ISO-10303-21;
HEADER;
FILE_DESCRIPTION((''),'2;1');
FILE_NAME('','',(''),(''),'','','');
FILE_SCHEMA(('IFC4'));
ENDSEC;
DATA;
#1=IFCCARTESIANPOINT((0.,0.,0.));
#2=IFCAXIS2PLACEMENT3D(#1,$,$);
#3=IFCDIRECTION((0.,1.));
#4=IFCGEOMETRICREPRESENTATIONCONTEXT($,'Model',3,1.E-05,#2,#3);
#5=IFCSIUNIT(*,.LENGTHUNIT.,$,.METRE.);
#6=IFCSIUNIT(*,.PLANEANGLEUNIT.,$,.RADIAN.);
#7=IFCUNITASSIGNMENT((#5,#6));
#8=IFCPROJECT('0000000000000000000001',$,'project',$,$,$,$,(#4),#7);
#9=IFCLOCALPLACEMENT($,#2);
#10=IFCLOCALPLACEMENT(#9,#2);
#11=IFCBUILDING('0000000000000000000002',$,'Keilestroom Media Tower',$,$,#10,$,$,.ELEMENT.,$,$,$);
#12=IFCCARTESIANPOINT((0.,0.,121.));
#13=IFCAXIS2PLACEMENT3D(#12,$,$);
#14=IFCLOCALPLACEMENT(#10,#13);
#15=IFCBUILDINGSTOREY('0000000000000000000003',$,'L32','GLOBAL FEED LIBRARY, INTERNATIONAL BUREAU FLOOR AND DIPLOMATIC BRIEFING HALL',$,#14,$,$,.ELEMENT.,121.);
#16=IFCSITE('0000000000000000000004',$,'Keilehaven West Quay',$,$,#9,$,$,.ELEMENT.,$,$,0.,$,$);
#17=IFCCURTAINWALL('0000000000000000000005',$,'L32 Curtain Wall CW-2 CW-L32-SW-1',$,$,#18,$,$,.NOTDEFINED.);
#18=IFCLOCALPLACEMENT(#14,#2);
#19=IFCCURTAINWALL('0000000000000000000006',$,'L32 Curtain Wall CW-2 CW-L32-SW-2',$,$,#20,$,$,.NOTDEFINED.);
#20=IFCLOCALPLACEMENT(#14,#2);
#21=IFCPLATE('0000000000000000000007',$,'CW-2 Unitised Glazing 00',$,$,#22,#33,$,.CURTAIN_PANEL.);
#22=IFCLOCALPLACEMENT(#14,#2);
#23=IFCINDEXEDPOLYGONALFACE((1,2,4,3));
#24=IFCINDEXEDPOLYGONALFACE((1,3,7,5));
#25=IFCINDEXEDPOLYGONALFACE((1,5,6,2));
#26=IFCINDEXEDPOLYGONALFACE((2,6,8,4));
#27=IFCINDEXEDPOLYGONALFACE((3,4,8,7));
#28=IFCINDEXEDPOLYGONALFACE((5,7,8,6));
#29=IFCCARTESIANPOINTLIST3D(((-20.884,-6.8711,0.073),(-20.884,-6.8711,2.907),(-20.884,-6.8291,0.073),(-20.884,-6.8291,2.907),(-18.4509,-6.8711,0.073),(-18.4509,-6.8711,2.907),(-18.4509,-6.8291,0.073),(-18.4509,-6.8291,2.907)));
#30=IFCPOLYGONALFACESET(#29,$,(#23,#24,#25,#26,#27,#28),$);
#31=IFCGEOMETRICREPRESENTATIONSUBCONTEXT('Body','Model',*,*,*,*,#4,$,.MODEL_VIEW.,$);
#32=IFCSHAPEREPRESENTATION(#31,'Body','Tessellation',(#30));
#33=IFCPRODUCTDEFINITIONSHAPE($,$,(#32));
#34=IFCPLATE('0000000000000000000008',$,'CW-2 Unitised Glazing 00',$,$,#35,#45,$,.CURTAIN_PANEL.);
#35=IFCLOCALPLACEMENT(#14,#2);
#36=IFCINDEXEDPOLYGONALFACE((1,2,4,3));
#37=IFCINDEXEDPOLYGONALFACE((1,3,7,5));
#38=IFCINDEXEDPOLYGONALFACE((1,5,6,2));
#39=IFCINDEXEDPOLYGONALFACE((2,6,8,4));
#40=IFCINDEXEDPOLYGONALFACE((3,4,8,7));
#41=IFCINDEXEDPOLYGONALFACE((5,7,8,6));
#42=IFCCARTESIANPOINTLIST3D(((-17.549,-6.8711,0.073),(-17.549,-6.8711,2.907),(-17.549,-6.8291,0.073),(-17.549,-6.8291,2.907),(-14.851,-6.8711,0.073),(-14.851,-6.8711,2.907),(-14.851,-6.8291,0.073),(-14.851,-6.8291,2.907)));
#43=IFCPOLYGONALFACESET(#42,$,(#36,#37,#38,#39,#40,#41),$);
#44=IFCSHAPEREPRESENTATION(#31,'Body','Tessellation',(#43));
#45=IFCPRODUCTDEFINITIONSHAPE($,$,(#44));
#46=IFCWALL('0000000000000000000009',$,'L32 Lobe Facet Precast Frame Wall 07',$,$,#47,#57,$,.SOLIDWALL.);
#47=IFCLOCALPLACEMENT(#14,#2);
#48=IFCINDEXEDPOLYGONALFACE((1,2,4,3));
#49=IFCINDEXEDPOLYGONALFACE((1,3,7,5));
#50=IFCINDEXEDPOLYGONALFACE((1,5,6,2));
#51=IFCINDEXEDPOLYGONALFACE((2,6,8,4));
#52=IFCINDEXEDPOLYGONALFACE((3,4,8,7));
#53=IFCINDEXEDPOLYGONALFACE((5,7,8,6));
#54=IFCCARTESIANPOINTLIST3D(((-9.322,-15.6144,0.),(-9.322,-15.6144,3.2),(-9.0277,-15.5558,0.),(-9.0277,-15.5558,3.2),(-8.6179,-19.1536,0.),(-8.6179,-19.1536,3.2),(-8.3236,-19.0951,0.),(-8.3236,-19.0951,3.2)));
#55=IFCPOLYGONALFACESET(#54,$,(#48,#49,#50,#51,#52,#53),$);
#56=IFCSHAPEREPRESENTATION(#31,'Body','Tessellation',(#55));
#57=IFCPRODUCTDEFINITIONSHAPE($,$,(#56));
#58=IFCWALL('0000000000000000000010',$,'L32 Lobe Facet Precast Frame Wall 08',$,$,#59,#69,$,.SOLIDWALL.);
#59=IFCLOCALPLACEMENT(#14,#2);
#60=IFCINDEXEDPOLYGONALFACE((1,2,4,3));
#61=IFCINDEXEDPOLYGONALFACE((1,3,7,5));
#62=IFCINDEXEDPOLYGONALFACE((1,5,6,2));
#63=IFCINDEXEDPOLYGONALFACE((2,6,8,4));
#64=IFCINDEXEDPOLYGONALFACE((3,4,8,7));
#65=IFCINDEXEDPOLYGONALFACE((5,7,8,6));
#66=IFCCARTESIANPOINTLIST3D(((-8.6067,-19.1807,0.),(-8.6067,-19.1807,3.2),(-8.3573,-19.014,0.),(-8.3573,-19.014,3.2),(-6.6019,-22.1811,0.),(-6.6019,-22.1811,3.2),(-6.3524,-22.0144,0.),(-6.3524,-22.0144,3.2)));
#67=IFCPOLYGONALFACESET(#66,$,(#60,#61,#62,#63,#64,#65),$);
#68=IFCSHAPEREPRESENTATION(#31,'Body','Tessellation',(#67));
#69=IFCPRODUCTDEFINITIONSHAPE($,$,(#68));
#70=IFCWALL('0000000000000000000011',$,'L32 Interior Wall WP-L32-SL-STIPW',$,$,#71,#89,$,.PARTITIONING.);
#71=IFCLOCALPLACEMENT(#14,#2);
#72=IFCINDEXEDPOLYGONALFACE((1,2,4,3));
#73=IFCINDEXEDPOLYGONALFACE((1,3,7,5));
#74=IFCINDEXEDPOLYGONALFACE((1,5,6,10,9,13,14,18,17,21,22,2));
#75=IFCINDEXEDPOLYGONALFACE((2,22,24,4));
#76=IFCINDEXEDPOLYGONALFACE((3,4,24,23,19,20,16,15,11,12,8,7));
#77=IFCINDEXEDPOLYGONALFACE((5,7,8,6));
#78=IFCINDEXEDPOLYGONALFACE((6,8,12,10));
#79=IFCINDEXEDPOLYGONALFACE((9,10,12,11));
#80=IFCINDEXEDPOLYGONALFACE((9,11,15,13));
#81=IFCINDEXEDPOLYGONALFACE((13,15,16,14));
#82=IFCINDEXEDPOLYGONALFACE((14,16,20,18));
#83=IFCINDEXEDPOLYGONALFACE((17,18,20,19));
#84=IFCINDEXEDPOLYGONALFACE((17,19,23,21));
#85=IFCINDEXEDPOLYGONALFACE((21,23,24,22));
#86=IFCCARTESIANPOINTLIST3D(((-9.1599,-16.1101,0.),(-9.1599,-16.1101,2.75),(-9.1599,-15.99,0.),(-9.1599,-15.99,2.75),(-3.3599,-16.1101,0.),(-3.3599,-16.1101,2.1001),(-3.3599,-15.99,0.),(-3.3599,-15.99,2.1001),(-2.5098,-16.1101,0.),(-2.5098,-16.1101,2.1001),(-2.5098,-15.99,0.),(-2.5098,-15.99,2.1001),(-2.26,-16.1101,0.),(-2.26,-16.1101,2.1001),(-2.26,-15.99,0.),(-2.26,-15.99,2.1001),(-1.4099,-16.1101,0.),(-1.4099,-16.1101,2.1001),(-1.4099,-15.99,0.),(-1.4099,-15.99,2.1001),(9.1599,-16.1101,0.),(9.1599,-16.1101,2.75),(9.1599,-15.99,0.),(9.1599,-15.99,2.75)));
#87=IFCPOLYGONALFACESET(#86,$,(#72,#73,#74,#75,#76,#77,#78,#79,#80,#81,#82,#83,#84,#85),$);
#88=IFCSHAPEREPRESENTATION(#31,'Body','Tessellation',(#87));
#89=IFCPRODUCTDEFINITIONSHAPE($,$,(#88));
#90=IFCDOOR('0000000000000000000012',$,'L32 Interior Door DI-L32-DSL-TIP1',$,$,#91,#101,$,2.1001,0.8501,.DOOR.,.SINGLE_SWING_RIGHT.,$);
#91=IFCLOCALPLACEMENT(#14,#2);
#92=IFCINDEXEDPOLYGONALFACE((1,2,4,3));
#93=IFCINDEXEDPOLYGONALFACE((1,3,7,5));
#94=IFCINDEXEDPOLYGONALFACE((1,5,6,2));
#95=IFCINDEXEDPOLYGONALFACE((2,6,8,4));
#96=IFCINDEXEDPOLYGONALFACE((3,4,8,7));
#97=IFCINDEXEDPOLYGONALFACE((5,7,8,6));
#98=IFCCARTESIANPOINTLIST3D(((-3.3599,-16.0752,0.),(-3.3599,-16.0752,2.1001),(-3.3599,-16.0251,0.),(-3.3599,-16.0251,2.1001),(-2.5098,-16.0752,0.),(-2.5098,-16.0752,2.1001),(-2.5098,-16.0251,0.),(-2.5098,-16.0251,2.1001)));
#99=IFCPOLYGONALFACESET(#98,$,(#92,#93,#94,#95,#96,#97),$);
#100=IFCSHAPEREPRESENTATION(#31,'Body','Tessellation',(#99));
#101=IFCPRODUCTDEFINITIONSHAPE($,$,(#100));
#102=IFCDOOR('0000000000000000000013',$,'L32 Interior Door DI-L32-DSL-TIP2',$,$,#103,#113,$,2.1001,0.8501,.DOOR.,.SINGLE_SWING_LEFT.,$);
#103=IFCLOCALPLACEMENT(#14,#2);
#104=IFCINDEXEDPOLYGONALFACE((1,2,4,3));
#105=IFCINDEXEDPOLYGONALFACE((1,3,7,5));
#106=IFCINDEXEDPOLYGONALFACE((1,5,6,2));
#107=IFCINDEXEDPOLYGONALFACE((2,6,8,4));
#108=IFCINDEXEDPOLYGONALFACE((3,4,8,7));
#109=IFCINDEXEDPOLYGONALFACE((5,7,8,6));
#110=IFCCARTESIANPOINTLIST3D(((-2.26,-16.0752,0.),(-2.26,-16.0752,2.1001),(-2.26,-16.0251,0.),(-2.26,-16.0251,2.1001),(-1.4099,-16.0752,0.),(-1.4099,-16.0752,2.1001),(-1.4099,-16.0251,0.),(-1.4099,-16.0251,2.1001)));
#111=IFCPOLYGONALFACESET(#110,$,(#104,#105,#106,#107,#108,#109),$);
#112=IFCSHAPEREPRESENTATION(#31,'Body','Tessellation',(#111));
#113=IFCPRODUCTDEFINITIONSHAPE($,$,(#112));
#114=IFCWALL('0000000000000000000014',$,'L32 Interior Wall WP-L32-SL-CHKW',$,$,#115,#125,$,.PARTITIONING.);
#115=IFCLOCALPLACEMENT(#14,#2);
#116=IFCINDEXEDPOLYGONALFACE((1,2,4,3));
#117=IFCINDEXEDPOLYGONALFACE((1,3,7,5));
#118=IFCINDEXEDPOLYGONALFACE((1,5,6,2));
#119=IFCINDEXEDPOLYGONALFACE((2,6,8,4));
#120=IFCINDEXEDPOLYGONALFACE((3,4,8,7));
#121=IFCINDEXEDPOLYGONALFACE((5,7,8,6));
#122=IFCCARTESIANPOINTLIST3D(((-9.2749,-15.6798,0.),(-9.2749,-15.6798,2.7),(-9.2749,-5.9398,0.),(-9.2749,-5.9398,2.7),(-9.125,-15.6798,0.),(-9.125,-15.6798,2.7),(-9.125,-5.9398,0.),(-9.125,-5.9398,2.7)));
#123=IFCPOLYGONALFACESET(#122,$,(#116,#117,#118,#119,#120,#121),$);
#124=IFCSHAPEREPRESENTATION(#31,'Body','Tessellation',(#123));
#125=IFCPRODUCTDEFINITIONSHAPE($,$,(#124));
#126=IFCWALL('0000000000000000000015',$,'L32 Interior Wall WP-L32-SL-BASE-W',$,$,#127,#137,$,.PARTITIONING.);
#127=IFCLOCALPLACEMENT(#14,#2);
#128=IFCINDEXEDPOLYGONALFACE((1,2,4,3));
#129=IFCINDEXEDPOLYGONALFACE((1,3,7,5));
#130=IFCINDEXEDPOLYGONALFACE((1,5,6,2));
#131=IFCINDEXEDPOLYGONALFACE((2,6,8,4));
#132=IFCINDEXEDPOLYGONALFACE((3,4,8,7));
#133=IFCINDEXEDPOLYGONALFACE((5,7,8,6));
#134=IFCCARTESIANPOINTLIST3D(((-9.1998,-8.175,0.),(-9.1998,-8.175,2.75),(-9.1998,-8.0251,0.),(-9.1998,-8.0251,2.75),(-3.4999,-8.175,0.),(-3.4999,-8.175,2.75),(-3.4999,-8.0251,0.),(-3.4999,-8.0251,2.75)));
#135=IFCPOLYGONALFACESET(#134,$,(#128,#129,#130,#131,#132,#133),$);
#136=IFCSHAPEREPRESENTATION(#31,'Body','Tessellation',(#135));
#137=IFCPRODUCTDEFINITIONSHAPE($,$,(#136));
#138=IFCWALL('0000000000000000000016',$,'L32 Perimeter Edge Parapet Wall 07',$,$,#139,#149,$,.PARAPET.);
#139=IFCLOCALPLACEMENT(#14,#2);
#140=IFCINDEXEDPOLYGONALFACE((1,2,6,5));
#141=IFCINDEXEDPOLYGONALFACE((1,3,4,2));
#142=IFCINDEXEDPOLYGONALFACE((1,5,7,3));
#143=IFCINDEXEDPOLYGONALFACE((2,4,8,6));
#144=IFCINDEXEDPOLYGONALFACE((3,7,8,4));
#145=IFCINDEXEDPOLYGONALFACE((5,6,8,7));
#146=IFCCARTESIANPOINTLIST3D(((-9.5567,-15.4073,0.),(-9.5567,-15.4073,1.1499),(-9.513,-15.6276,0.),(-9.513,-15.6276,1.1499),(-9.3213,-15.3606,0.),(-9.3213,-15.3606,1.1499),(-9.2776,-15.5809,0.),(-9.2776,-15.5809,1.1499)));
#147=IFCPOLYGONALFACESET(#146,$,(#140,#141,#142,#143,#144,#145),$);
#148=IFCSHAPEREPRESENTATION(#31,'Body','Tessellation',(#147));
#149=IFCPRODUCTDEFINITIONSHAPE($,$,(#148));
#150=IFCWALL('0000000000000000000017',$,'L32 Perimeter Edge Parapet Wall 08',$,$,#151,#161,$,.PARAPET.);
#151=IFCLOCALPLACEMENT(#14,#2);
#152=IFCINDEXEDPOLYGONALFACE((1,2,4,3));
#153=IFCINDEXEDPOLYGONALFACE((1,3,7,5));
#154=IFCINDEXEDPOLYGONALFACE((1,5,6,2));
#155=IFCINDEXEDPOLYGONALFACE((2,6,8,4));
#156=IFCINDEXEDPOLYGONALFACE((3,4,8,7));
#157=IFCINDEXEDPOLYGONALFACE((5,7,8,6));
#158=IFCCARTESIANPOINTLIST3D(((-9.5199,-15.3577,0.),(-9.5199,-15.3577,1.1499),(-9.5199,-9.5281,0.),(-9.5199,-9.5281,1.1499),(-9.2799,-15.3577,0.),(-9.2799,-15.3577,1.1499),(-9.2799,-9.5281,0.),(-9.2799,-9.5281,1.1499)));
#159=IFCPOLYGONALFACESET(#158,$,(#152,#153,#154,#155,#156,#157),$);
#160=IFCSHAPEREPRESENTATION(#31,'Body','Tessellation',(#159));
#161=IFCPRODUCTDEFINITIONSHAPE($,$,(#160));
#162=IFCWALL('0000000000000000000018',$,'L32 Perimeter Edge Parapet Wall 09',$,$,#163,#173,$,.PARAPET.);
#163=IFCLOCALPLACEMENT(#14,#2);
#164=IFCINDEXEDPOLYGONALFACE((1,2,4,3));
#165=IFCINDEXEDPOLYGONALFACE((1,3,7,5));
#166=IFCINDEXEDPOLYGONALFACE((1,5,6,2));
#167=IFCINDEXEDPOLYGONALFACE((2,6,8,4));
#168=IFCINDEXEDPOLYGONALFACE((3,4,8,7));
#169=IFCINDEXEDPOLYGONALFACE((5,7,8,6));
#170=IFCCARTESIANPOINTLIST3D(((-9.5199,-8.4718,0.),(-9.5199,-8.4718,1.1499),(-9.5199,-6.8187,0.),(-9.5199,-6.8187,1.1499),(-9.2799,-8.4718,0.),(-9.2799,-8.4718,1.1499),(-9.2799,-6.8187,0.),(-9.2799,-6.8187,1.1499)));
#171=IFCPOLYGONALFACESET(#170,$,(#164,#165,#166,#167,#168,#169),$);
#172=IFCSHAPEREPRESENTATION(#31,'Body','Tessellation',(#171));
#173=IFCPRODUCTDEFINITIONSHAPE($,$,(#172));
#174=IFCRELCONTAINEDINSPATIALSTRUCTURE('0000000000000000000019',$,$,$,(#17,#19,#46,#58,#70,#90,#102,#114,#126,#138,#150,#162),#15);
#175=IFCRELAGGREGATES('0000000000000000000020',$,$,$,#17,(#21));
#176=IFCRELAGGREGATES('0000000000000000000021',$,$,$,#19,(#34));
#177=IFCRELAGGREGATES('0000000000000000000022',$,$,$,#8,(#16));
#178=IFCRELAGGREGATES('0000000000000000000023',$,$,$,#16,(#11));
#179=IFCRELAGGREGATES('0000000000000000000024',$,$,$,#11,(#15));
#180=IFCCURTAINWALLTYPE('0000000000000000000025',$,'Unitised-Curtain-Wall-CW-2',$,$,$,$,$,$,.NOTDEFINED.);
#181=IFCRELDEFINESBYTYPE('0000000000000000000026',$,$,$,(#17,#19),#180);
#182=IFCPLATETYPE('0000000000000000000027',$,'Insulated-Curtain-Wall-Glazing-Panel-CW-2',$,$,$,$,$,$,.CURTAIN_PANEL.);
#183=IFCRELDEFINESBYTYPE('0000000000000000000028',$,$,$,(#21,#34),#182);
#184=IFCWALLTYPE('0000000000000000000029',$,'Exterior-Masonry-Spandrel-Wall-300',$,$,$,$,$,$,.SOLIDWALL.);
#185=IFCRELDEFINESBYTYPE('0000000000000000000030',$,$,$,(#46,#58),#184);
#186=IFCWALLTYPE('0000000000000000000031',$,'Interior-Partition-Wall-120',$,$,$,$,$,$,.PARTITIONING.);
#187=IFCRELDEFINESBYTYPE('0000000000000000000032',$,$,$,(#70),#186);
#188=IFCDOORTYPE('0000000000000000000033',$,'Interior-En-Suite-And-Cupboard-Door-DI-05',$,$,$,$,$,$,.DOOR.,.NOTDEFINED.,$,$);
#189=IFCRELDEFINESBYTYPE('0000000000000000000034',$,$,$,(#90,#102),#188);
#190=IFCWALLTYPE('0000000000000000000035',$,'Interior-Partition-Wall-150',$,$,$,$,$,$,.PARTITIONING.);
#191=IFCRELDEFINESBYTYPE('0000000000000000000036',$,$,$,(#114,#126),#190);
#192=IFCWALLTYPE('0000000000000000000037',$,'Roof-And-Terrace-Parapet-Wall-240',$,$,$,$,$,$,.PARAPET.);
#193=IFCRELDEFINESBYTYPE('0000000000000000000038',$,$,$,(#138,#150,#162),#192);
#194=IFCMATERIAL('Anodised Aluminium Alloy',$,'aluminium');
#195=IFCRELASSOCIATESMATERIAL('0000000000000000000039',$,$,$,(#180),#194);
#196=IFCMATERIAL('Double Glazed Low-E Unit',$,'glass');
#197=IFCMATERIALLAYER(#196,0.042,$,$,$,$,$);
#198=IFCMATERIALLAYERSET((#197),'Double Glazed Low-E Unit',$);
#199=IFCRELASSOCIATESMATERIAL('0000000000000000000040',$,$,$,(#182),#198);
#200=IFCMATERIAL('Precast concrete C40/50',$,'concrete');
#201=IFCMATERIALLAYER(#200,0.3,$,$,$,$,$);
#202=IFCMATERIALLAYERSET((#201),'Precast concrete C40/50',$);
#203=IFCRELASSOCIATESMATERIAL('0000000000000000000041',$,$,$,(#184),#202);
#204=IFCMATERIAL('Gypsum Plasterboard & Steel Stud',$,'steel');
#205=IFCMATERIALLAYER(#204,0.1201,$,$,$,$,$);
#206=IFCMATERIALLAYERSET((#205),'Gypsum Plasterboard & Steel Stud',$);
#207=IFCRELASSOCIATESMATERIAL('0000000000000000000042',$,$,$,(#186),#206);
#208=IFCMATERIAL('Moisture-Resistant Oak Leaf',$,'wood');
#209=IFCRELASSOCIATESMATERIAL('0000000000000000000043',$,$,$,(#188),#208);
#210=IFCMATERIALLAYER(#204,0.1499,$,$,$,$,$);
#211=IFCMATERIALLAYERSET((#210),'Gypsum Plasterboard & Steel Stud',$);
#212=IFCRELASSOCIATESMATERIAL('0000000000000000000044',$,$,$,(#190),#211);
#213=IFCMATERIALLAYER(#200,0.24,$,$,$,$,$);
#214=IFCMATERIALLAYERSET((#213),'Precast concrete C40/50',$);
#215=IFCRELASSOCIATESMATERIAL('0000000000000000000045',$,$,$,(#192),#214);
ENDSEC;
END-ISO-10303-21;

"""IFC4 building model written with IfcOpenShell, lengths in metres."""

from ifc_helpers import new_model, si_unit, direction, frame, frame_2d, origin, origin_2d, place, context, subcontext, project, spatial, rectangle, extrude, source, transform, mapped, material, layer, layer_set, type_object, element, fill, aggregate, save


model = new_model("IFC4")

# Units and contexts
model_context = context("Model", 3, precision=1e-05, world=origin(), true_north=direction((0.0, 1.0)))
body_context = subcontext(model_context, "Body", "Model", "MODEL_VIEW")
ifc_project = project(units=[si_unit("LENGTHUNIT", "METRE"), si_unit("PLANEANGLEUNIT", "RADIAN")], contexts=[model_context])

# Site, building, storey
site_placement = place(None, origin())
site = spatial("IfcSite", under=ifc_project, at=site_placement, Name="Keilehaven West Quay", CompositionType="ELEMENT", RefElevation=0.0)
building_placement = place(site_placement, origin())
building = spatial("IfcBuilding", under=site, at=building_placement, Name="Keilestroom Media Tower", CompositionType="ELEMENT")
storey_placement = place(building_placement, frame((0.0, 0.0, 121.0)))
storey = spatial("IfcBuildingStorey", under=building, at=storey_placement, Name="L32", Description="GLOBAL FEED LIBRARY, INTERNATIONAL BUREAU FLOOR AND DIPLOMATIC BRIEFING HALL", CompositionType="ELEMENT", Elevation=121.0)

# Shared definitions
ifc_material_1 = material(Name="Precast concrete C40/50", Category="concrete")

# Curtain walls
ifc_material_2 = material(Name="Anodised Aluminium Alloy", Category="aluminium")
curtain_wall_type = type_object("IfcCurtainWallType", Name="Unitised-Curtain-Wall-CW-2", PredefinedType="NOTDEFINED", material=ifc_material_2)
curtain_wall_1_placement = place(storey_placement, origin())
curtain_wall_1 = element("IfcCurtainWall", 1, at=curtain_wall_1_placement, inside=storey, type_object=curtain_wall_type, Name="L32 Curtain Wall CW-2 CW-L32-SW-1", PredefinedType="NOTDEFINED")
curtain_wall_2_placement = place(storey_placement, origin())
curtain_wall_2 = element("IfcCurtainWall", 2, at=curtain_wall_2_placement, inside=storey, type_object=curtain_wall_type, Name="L32 Curtain Wall CW-2 CW-L32-SW-2", PredefinedType="NOTDEFINED")

# Plates
ifc_material_3 = material(Name="Double Glazed Low-E Unit", Category="glass")
ifc_layer_1 = layer(ifc_material_3, 0.042)
ifc_layer_set_1 = layer_set([ifc_layer_1], Name="Double Glazed Low-E Unit")
plate_type = type_object("IfcPlateType", Name="Insulated-Curtain-Wall-Glazing-Panel-CW-2", PredefinedType="CURTAIN_PANEL", material=ifc_layer_set_1)
shared_shape_1 = source(origin(), body_context, "Body", "SweptSolid", [
    extrude(rectangle(XDim=2.4331, YDim=0.042, at=origin_2d()), origin(), (0.0, 0.0, 1.0), 2.834),
])
plate_1_placement = place(storey_placement, frame((-19.6675, -6.8501, 0.073), z_axis=(0.0, 0.0, 1.0), x_axis=(1.0, 0.0, 0.0)))
plate_1 = element("IfcPlate", 3, at=plate_1_placement, type_object=plate_type, Name="CW-2 Unitised Glazing 00", PredefinedType="CURTAIN_PANEL", context=body_context, shape_type="MappedRepresentation", body=[
    mapped(shared_shape_1, transform((0.0, 0.0, 0.0), x_axis=(1.0, 0.0, 0.0), y_axis=(0.0, 1.0, 0.0), z_axis=(0.0, 0.0, 1.0), scale=1.0)),
])
aggregate(curtain_wall_1, [plate_1])
shared_shape_2 = source(origin(), body_context, "Body", "SweptSolid", [
    extrude(rectangle(XDim=2.698, YDim=0.042, at=origin_2d()), origin(), (0.0, 0.0, 1.0), 2.834),
])
plate_2_placement = place(storey_placement, frame((-16.2, -6.8501, 0.073), z_axis=(0.0, 0.0, 1.0), x_axis=(1.0, 0.0, 0.0)))
plate_2 = element("IfcPlate", 4, at=plate_2_placement, type_object=plate_type, Name="CW-2 Unitised Glazing 00", PredefinedType="CURTAIN_PANEL", context=body_context, shape_type="MappedRepresentation", body=[
    mapped(shared_shape_2, transform((0.0, 0.0, 0.0), x_axis=(1.0, 0.0, 0.0), y_axis=(0.0, 1.0, 0.0), z_axis=(0.0, 0.0, 1.0), scale=1.0)),
])
aggregate(curtain_wall_2, [plate_2])

# Walls
ifc_layer_2 = layer(ifc_material_1, 0.3)
ifc_layer_set_2 = layer_set([ifc_layer_2], Name="Precast concrete C40/50")
wall_type_1 = type_object("IfcWallType", Name="Exterior-Masonry-Spandrel-Wall-300", PredefinedType="SOLIDWALL", material=ifc_layer_set_2)
for number, where, z_axis, x_axis, name in (
    (5, (-9.1748, -15.5852, 0.0), (0.0, 0.0, 1.0), (0.195114, -0.980781, 0.0), "L32 Lobe Facet Precast Frame Wall 07"),
    (6, (-8.4819, -19.0974, 0.0), (0.0, 0.0, 1.0), (0.555574, -0.831467, 0.0), "L32 Lobe Facet Precast Frame Wall 08"),
):
    element("IfcWall", number, at=place(storey_placement, frame(where, z_axis=z_axis, x_axis=x_axis)), inside=storey, type_object=wall_type_1, Name=name, PredefinedType="SOLIDWALL", context=body_context, shape_type="SweptSolid", body=[
        extrude(rectangle(XDim=3.6086, YDim=0.3, at=frame_2d((1.8042, 0.0))), origin(), (0.0, 0.0, 1.0), 3.2),
    ])

# Wall, openings, doors
ifc_material_4 = material(Name="Gypsum Plasterboard & Steel Stud", Category="steel")
ifc_layer_3 = layer(ifc_material_4, 0.1201)
ifc_layer_set_3 = layer_set([ifc_layer_3], Name="Gypsum Plasterboard & Steel Stud")
wall_type_2 = type_object("IfcWallType", Name="Interior-Partition-Wall-120", PredefinedType="PARTITIONING", material=ifc_layer_set_3)
wall_1_placement = place(storey_placement, frame((-9.1599, -16.05, 0.0), z_axis=(0.0, 0.0, 1.0), x_axis=(1.0, 0.0, 0.0)))
wall_1 = element("IfcWall", 7, at=wall_1_placement, inside=storey, type_object=wall_type_2, Name="L32 Interior Wall WP-L32-SL-STIPW", PredefinedType="PARTITIONING", context=body_context, shape_type="SweptSolid", body=[
    extrude(rectangle(XDim=18.3198, YDim=0.1201, at=frame_2d((9.1599, 0.0))), origin(), (0.0, 0.0, 1.0), 2.75),
])
opening_1_placement = place(wall_1_placement, frame((5.8, 0.0, 0.0)))
opening_1 = element("IfcOpeningElement", 8, at=opening_1_placement, cuts=wall_1, PredefinedType="OPENING", context=body_context, shape_type="SweptSolid", body=[
    extrude(rectangle(XDim=0.8501, YDim=2.1001, at=frame_2d((0.425, 1.05))), frame((0.0, 0.0701, 0.0), z_axis=(0.0, -1.0, 0.0), x_axis=(1.0, 0.0, 0.0)), (0.0, 0.0, 1.0), 0.1401),
])
opening_2_placement = place(wall_1_placement, frame((6.8999, 0.0, 0.0)))
opening_2 = element("IfcOpeningElement", 9, at=opening_2_placement, cuts=wall_1, PredefinedType="OPENING", context=body_context, shape_type="SweptSolid", body=[
    extrude(rectangle(XDim=0.8501, YDim=2.1001, at=frame_2d((0.425, 1.05))), frame((0.0, 0.0701, 0.0), z_axis=(0.0, -1.0, 0.0), x_axis=(1.0, 0.0, 0.0)), (0.0, 0.0, 1.0), 0.1401),
])
ifc_material_5 = material(Name="Moisture-Resistant Oak Leaf", Category="wood")
door_type = type_object("IfcDoorType", Name="Interior-En-Suite-And-Cupboard-Door-DI-05", OperationType="NOTDEFINED", PredefinedType="DOOR", material=ifc_material_5)
shared_shape_3 = source(origin(), body_context, "Body", "SweptSolid", [
    extrude(rectangle(XDim=0.8501, YDim=2.1001, at=frame_2d((0.425, 1.05))), frame((0.0, 0.0249, 0.0), z_axis=(0.0, -1.0, 0.0), x_axis=(1.0, 0.0, 0.0)), (0.0, 0.0, 1.0), 0.05),
])
door_1_placement = place(opening_1_placement, origin())
door_1 = element("IfcDoor", 10, at=door_1_placement, inside=storey, type_object=door_type, Name="L32 Interior Door DI-L32-DSL-TIP1", OperationType="SINGLE_SWING_RIGHT", OverallHeight=2.1001, OverallWidth=0.8501, PredefinedType="DOOR", context=body_context, shape_type="MappedRepresentation", body=[
    mapped(shared_shape_3, transform((0.0, 0.0, 0.0), x_axis=(1.0, 0.0, 0.0), y_axis=(0.0, 1.0, 0.0), z_axis=(0.0, 0.0, 1.0), scale=1.0)),
])
fill(opening_1, door_1)
door_2_placement = place(opening_2_placement, origin())
door_2 = element("IfcDoor", 11, at=door_2_placement, inside=storey, type_object=door_type, Name="L32 Interior Door DI-L32-DSL-TIP2", OperationType="SINGLE_SWING_LEFT", OverallHeight=2.1001, OverallWidth=0.8501, PredefinedType="DOOR", context=body_context, shape_type="MappedRepresentation", body=[
    mapped(shared_shape_3, transform((0.0, 0.0, 0.0), x_axis=(1.0, 0.0, 0.0), y_axis=(0.0, 1.0, 0.0), z_axis=(0.0, 0.0, 1.0), scale=1.0)),
])
fill(opening_2, door_2)

# Walls
ifc_layer_4 = layer(ifc_material_4, 0.1499)
ifc_layer_set_4 = layer_set([ifc_layer_4], Name="Gypsum Plasterboard & Steel Stud")
wall_type_3 = type_object("IfcWallType", Name="Interior-Partition-Wall-150", PredefinedType="PARTITIONING", material=ifc_layer_set_4)
wall_2_placement = place(storey_placement, frame((-9.2, -15.6799, 0.0), z_axis=(0.0, 0.0, 1.0), x_axis=(0.0, 1.0, 0.0)))
element("IfcWall", 12, at=wall_2_placement, inside=storey, type_object=wall_type_3, Name="L32 Interior Wall WP-L32-SL-CHKW", PredefinedType="PARTITIONING", context=body_context, shape_type="SweptSolid", body=[
    extrude(rectangle(XDim=9.74, YDim=0.1499, at=frame_2d((4.8701, 0.0))), origin(), (0.0, 0.0, 1.0), 2.7),
])
wall_3_placement = place(storey_placement, frame((-9.2, -8.1001, 0.0), z_axis=(0.0, 0.0, 1.0), x_axis=(1.0, 0.0, 0.0)))
element("IfcWall", 13, at=wall_3_placement, inside=storey, type_object=wall_type_3, Name="L32 Interior Wall WP-L32-SL-BASE-W", PredefinedType="PARTITIONING", context=body_context, shape_type="SweptSolid", body=[
    extrude(rectangle(XDim=5.7, YDim=0.1499, at=frame_2d((2.8501, 0.0))), origin(), (0.0, 0.0, 1.0), 2.75),
])
ifc_layer_5 = layer(ifc_material_1, 0.24)
ifc_layer_set_5 = layer_set([ifc_layer_5], Name="Precast concrete C40/50")
wall_type_4 = type_object("IfcWallType", Name="Roof-And-Terrace-Parapet-Wall-240", PredefinedType="PARAPET", material=ifc_layer_set_5)
wall_4_placement = place(storey_placement, frame((-9.3953, -15.6042, 0.0), z_axis=(0.0, 0.0, 1.0), x_axis=(-0.194652, 0.980872, 0.0)))
element("IfcWall", 14, at=wall_4_placement, inside=storey, type_object=wall_type_4, Name="L32 Perimeter Edge Parapet Wall 07", PredefinedType="PARAPET", context=body_context, shape_type="SweptSolid", body=[
    extrude(rectangle(XDim=0.2246, YDim=0.24, at=frame_2d((0.1123, 0.0))), origin(), (0.0, 0.0, 1.0), 1.1499),
])
wall_5_placement = place(storey_placement, frame((-9.3999, -15.3577, 0.0), z_axis=(0.0, 0.0, 1.0), x_axis=(0.0, 1.0, 0.0)))
element("IfcWall", 15, at=wall_5_placement, inside=storey, type_object=wall_type_4, Name="L32 Perimeter Edge Parapet Wall 08", PredefinedType="PARAPET", context=body_context, shape_type="SweptSolid", body=[
    extrude(rectangle(XDim=5.8296, YDim=0.24, at=frame_2d((2.9148, 0.0))), origin(), (0.0, 0.0, 1.0), 1.1499),
])
wall_6_placement = place(storey_placement, frame((-9.3999, -8.4719, 0.0), z_axis=(0.0, 0.0, 1.0), x_axis=(0.0, 1.0, 0.0)))
element("IfcWall", 16, at=wall_6_placement, inside=storey, type_object=wall_type_4, Name="L32 Perimeter Edge Parapet Wall 09", PredefinedType="PARAPET", context=body_context, shape_type="SweptSolid", body=[
    extrude(rectangle(XDim=1.6531, YDim=0.24, at=frame_2d((0.8267, 0.0))), origin(), (0.0, 0.0, 1.0), 1.1499),
])

save(model, "model.ifc")
